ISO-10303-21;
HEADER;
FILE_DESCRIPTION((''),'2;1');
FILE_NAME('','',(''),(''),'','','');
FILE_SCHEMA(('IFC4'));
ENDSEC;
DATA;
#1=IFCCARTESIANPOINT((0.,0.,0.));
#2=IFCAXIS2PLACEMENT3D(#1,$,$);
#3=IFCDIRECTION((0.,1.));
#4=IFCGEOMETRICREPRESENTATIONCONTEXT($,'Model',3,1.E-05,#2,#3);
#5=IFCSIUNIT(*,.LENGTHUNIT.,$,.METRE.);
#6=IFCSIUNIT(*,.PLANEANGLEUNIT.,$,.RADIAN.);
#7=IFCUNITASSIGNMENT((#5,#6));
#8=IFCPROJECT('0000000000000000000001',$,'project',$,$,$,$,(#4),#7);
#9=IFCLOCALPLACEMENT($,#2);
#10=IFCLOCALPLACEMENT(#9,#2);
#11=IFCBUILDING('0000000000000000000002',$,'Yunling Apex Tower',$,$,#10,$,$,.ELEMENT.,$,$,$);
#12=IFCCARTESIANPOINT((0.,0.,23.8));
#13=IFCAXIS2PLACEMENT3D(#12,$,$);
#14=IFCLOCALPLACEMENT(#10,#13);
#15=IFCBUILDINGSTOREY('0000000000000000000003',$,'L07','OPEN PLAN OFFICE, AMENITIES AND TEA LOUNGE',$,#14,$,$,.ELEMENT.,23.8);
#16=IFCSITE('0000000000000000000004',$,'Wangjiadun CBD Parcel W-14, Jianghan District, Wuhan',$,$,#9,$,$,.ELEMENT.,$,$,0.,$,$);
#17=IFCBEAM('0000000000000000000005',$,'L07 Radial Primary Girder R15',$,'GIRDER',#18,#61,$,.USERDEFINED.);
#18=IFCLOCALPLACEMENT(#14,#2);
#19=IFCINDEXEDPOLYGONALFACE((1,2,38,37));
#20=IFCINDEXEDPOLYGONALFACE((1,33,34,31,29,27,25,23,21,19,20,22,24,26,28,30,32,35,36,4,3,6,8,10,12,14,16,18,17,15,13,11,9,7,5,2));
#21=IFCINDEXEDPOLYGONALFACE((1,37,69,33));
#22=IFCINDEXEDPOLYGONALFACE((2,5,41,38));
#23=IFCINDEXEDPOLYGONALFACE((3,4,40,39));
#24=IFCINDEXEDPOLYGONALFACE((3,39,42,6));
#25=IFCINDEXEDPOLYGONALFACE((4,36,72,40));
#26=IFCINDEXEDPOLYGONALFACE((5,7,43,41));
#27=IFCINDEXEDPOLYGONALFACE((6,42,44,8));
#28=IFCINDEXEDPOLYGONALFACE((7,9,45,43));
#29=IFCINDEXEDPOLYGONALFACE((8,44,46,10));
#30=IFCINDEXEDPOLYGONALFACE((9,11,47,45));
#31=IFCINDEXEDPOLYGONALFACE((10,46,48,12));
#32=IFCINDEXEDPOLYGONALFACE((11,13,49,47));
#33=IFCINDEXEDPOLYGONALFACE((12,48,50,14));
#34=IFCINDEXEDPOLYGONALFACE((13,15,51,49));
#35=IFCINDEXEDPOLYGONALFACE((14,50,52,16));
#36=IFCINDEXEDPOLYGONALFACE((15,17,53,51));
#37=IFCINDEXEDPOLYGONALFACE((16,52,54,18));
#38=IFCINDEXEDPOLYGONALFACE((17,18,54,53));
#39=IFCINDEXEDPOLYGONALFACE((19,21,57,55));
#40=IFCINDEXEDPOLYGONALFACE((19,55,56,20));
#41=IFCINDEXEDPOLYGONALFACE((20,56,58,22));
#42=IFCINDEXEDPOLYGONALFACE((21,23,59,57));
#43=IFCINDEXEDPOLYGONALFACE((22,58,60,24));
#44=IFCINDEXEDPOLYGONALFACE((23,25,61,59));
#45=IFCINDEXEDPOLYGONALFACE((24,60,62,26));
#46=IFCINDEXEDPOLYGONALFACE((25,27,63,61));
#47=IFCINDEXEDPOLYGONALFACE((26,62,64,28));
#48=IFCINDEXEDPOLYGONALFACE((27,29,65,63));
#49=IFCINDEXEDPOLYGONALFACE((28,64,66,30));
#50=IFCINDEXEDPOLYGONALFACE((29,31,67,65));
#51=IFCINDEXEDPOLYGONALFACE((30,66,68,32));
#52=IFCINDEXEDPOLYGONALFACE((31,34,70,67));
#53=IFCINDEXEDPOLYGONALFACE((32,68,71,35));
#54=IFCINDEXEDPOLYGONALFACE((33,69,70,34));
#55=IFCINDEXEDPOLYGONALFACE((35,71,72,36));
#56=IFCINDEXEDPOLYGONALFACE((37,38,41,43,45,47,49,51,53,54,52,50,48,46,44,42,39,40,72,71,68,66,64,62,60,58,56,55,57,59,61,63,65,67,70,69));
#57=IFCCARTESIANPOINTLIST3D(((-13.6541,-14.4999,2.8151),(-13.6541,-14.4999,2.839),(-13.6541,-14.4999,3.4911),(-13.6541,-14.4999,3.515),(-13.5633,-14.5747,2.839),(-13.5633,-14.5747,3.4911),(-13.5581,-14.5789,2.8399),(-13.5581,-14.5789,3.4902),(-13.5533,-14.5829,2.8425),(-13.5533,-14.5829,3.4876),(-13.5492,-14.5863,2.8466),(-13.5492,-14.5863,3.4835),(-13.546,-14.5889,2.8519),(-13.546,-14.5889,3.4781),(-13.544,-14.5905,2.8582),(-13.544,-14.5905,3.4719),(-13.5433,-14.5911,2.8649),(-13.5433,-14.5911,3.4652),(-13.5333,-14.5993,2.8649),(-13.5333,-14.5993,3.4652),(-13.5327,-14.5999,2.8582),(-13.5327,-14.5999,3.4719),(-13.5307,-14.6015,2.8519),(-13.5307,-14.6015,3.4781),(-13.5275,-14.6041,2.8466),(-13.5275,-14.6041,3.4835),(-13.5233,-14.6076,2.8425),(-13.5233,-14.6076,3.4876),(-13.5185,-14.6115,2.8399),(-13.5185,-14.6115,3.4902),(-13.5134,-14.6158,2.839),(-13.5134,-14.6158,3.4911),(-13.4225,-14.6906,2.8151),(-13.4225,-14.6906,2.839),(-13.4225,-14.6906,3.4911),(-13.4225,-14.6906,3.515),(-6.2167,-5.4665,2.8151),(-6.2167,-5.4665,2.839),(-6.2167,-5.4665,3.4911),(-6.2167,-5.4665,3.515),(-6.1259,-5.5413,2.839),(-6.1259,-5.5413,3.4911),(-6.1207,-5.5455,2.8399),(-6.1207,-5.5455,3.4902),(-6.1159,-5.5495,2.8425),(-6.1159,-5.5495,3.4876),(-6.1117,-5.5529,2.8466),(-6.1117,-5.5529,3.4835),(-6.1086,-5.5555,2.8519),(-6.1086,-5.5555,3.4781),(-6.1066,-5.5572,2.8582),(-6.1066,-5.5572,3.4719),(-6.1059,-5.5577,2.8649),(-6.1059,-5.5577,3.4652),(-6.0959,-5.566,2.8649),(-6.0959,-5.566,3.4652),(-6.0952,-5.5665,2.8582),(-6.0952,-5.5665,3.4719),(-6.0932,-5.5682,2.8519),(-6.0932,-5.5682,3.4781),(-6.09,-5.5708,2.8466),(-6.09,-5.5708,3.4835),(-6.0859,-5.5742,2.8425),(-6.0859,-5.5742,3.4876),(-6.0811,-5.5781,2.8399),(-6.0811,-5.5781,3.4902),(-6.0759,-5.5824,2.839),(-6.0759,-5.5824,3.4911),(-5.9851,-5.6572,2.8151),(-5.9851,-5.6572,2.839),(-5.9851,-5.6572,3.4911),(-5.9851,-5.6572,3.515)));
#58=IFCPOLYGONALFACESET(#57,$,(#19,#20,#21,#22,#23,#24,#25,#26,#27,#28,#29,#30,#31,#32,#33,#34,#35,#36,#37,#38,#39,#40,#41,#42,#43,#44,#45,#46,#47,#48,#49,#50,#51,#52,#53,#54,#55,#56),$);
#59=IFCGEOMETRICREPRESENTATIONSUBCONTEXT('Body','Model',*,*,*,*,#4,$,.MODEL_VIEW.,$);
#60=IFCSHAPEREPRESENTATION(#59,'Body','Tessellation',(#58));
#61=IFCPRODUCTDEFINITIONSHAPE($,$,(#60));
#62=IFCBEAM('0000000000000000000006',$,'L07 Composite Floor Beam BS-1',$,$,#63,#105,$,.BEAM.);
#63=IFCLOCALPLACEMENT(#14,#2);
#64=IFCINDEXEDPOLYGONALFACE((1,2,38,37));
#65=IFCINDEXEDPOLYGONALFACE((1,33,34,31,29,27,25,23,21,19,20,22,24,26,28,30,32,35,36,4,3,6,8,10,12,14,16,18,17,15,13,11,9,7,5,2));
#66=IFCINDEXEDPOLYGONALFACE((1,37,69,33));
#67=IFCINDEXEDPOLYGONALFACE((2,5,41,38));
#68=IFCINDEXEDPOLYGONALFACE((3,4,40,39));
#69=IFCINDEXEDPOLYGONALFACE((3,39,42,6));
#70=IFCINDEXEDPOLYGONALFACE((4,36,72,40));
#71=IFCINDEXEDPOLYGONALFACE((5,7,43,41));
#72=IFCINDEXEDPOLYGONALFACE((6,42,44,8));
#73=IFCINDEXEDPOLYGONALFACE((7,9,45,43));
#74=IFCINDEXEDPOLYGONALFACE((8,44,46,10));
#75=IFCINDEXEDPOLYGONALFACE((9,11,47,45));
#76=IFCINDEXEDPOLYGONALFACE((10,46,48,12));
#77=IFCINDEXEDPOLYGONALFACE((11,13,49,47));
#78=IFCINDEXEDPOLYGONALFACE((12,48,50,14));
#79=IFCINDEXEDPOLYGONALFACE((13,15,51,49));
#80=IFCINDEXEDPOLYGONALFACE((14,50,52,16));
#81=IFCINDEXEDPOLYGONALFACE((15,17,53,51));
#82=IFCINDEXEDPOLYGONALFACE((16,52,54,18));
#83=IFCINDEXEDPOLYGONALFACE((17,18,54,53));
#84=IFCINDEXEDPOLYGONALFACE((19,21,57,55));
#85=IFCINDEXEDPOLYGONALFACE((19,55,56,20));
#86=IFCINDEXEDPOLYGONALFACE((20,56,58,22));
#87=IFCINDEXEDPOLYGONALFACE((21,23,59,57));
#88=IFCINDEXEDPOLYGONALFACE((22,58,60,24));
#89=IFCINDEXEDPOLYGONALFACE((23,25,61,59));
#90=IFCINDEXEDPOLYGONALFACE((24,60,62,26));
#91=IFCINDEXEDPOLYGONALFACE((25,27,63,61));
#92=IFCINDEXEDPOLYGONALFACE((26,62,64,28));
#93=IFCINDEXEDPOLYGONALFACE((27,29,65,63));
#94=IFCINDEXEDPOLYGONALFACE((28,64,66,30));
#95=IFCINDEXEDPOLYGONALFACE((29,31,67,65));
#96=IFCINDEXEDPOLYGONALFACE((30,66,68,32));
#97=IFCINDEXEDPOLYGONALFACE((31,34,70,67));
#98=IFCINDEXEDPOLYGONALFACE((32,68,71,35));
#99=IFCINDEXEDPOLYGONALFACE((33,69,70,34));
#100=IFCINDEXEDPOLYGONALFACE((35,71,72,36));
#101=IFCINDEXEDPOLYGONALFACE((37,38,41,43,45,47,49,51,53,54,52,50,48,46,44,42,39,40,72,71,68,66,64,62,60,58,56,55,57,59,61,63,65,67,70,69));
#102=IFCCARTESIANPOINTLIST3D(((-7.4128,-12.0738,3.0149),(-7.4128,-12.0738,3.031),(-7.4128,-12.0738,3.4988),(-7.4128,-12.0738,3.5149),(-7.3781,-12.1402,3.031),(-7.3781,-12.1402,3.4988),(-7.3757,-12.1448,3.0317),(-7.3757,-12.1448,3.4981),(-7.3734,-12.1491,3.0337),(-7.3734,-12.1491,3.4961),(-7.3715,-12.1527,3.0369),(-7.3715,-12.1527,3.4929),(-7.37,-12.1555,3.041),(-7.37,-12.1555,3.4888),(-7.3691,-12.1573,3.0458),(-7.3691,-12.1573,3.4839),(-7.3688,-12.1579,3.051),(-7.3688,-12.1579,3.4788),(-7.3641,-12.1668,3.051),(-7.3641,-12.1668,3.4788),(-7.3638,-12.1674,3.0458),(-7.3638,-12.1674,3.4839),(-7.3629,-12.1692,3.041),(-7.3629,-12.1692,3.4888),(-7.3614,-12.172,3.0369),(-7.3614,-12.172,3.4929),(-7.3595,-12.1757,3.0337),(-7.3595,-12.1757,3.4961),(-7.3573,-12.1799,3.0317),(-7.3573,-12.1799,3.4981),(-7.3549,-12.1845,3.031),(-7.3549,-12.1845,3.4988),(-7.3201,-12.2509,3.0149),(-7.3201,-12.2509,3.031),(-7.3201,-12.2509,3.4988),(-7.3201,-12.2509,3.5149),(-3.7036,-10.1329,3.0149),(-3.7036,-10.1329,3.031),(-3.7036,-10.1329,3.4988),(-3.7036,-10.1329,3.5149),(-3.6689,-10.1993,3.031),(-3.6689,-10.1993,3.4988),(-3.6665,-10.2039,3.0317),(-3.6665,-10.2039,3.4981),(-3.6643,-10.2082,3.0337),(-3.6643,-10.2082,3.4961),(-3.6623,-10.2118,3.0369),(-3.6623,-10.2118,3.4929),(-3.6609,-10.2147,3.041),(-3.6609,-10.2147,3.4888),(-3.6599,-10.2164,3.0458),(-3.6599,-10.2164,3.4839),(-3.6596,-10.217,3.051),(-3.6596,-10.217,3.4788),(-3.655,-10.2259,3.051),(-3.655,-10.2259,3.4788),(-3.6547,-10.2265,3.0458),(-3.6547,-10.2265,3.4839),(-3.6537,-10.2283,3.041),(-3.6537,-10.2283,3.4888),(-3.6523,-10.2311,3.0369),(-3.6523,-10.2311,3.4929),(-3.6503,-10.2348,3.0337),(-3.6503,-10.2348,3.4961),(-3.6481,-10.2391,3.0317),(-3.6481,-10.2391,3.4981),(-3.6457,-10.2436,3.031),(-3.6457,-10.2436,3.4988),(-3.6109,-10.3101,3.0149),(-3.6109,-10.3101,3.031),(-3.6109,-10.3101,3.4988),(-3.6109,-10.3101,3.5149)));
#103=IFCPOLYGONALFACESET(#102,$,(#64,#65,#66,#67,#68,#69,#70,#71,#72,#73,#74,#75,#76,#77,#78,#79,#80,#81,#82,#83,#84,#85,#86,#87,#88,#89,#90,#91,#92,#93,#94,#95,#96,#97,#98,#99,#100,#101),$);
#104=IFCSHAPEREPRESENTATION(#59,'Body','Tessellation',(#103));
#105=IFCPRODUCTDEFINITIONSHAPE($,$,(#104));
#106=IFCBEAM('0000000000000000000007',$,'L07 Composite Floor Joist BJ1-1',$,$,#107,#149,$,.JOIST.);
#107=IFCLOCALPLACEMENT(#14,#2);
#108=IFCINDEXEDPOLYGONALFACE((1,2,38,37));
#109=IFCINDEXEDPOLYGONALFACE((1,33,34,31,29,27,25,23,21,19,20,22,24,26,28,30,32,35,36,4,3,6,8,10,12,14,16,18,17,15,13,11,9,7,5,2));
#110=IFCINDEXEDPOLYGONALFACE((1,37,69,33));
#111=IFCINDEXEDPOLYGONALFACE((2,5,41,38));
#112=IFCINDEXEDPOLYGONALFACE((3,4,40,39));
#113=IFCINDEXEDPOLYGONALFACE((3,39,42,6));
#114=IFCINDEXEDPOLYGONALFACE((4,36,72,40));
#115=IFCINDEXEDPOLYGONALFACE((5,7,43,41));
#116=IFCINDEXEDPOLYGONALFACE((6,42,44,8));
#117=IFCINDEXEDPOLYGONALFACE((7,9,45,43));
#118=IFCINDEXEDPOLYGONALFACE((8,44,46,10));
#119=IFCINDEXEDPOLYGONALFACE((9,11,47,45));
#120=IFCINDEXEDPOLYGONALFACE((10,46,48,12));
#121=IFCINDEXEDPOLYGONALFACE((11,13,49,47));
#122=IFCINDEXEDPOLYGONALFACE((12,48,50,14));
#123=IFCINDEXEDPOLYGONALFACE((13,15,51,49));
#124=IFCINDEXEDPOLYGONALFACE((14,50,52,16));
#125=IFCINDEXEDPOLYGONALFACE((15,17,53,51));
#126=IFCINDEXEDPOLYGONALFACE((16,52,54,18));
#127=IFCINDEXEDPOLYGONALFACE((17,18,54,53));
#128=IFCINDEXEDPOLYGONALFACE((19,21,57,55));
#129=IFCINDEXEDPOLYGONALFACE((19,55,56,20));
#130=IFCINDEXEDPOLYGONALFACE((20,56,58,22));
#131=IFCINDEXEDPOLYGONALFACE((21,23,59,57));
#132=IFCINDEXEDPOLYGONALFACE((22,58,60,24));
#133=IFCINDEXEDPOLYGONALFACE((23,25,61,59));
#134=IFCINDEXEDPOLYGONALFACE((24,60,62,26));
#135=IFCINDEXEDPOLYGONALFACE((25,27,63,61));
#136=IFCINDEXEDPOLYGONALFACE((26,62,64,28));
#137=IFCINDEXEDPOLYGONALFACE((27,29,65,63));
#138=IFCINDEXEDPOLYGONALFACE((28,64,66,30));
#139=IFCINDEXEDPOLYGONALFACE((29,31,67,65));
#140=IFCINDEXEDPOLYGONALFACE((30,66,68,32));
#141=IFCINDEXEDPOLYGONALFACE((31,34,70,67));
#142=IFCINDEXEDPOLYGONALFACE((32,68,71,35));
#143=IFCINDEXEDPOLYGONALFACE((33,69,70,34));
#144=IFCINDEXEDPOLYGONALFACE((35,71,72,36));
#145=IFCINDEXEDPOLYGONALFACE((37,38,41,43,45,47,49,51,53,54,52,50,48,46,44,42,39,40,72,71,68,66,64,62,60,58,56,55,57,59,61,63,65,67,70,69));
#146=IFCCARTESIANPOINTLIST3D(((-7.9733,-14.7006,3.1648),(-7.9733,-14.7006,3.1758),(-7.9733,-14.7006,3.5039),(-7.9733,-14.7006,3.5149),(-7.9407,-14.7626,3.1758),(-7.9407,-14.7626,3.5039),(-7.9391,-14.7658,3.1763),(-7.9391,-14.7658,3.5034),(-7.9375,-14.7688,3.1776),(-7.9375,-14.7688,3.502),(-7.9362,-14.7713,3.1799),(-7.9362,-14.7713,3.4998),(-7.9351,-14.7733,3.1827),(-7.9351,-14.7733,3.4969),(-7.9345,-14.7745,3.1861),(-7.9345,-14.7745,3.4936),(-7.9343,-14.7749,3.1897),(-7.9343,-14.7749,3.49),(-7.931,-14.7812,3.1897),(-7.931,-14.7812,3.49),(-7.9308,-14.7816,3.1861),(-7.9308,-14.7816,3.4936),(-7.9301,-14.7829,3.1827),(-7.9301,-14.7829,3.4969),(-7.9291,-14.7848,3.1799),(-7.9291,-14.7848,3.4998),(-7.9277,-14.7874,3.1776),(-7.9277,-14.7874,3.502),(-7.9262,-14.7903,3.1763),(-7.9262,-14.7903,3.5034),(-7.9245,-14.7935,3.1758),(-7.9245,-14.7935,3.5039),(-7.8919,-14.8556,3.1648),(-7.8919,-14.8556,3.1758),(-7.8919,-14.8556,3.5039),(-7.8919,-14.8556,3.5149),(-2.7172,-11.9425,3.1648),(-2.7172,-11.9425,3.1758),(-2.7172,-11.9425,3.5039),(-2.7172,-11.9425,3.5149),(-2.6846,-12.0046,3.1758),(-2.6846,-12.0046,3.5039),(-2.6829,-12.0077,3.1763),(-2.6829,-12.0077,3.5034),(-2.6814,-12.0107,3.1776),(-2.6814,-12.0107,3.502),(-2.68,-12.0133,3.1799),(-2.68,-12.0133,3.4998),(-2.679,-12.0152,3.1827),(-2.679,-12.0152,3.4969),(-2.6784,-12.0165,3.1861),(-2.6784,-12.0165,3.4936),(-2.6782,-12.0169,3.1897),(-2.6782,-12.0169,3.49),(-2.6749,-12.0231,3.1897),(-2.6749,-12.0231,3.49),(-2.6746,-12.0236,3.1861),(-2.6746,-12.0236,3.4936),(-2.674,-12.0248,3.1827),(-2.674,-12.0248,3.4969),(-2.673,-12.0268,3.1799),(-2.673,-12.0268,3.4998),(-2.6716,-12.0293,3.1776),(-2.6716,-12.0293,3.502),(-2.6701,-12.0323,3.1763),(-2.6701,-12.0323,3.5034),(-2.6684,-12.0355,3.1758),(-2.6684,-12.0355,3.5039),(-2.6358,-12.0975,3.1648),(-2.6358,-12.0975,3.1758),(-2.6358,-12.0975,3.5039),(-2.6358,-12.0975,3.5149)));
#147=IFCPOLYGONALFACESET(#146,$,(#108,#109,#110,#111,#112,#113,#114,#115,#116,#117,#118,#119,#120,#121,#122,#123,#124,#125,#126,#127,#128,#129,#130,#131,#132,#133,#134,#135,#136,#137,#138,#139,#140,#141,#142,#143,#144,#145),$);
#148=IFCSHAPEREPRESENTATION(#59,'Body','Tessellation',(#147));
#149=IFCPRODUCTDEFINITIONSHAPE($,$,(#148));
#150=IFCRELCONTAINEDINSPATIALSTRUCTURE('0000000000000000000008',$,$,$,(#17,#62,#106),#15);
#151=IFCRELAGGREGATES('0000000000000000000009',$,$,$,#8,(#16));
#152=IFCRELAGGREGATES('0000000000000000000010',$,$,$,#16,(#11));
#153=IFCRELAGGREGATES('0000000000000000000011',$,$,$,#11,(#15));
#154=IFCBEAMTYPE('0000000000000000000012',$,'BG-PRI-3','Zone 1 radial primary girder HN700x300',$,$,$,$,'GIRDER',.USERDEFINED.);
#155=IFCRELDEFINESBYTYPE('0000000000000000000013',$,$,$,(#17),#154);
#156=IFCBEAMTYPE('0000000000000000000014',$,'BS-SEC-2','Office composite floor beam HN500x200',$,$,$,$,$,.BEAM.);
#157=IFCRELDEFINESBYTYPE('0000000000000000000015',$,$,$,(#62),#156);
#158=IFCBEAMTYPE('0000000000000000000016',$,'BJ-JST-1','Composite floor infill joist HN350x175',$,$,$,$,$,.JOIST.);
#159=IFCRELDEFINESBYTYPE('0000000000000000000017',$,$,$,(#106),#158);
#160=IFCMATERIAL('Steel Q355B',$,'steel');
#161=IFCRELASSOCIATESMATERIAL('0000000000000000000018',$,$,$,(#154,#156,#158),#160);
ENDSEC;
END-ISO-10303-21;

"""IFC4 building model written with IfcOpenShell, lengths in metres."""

from ifc_helpers import new_model, si_unit, direction, frame, origin, origin_2d, place, context, subcontext, project, spatial, i_section, extrude, source, transform, mapped, material, material_profile, profile_set, type_object, element, save


model = new_model("IFC4")

# Units and contexts
model_context = context("Model", 3, precision=1e-05, world=origin(), true_north=direction((0.0, 1.0)))
body_context = subcontext(model_context, "Body", "Model", "MODEL_VIEW")
ifc_project = project(units=[si_unit("LENGTHUNIT", "METRE"), si_unit("PLANEANGLEUNIT", "RADIAN")], contexts=[model_context])

# Site, building, storey
site_placement = place(None, origin())
site = spatial("IfcSite", under=ifc_project, at=site_placement, Name="Wangjiadun CBD Parcel W-14, Jianghan District, Wuhan", CompositionType="ELEMENT", RefElevation=0.0)
building_placement = place(site_placement, origin())
building = spatial("IfcBuilding", under=site, at=building_placement, Name="Yunling Apex Tower", CompositionType="ELEMENT")
storey_placement = place(building_placement, frame((0.0, 0.0, 23.8)))
storey = spatial("IfcBuildingStorey", under=building, at=storey_placement, Name="L07", Description="OPEN PLAN OFFICE, AMENITIES AND TEA LOUNGE", CompositionType="ELEMENT", Elevation=23.8)

# Beams
ifc_material_1 = material(Name="Steel Q355B", Category="steel")
ifc_material_profile_1 = material_profile(ifc_material_1, i_section(OverallWidth=0.3, OverallDepth=0.7, WebThickness=0.0129, FlangeThickness=0.0239, FilletRadius=0.0259, at=origin_2d()))
ifc_profile_set_1 = profile_set([ifc_material_profile_1], Name="Steel Q355B")
beam_type_1 = type_object("IfcBeamType", Name="BG-PRI-3", Description="Zone 1 radial primary girder HN700x300", ElementType="GIRDER", PredefinedType="USERDEFINED", material=ifc_profile_set_1)
shared_shape_1 = source(origin(), body_context, "Body", "SweptSolid", [
    extrude(i_section(OverallWidth=0.3, OverallDepth=0.7, WebThickness=0.0129, FlangeThickness=0.0239, FilletRadius=0.0259, at=origin_2d()), origin(), (0.0, 0.0, 1.0), 11.7012),
])
beam_1_placement = place(storey_placement, frame((-13.5383, -14.5952, 3.165), z_axis=(0.635615, 0.772006, 0.0), x_axis=(-0.772006, 0.635615, 0.0)))
element("IfcBeam", 1, at=beam_1_placement, inside=storey, type_object=beam_type_1, Name="L07 Radial Primary Girder R15", ObjectType="GIRDER", PredefinedType="USERDEFINED", context=body_context, shape_type="MappedRepresentation", body=[
    mapped(shared_shape_1, transform((0.0, 0.0, 0.0), scale=1.0)),
])
ifc_material_profile_2 = material_profile(ifc_material_1, i_section(OverallWidth=0.2, OverallDepth=0.5, WebThickness=0.01, FlangeThickness=0.0161, FilletRadius=0.02, at=origin_2d()))
ifc_profile_set_2 = profile_set([ifc_material_profile_2], Name="Steel Q355B")
beam_type_2 = type_object("IfcBeamType", Name="BS-SEC-2", Description="Office composite floor beam HN500x200", PredefinedType="BEAM", material=ifc_profile_set_2)
shared_shape_2 = source(origin(), body_context, "Body", "SweptSolid", [
    extrude(i_section(OverallWidth=0.2, OverallDepth=0.5, WebThickness=0.01, FlangeThickness=0.0161, FilletRadius=0.02, at=origin_2d()), origin(), (0.0, 0.0, 1.0), 4.1863),
])
beam_2_placement = place(storey_placement, frame((-7.3665, -12.1624, 3.2649), z_axis=(0.886029, 0.46363, 0.0), x_axis=(-0.46363, 0.886029, 0.0)))
element("IfcBeam", 2, at=beam_2_placement, inside=storey, type_object=beam_type_2, Name="L07 Composite Floor Beam BS-1", PredefinedType="BEAM", context=body_context, shape_type="MappedRepresentation", body=[
    mapped(shared_shape_2, transform((0.0, 0.0, 0.0), scale=1.0)),
])
ifc_material_profile_3 = material_profile(ifc_material_1, i_section(OverallWidth=0.175, OverallDepth=0.3501, WebThickness=0.0071, FlangeThickness=0.011, FilletRadius=0.0139, at=origin_2d()))
ifc_profile_set_3 = profile_set([ifc_material_profile_3], Name="Steel Q355B")
beam_type_3 = type_object("IfcBeamType", Name="BJ-JST-1", Description="Composite floor infill joist HN350x175", PredefinedType="JOIST", material=ifc_profile_set_3)
shared_shape_3 = source(origin(), body_context, "Body", "SweptSolid", [
    extrude(i_section(OverallWidth=0.175, OverallDepth=0.3501, WebThickness=0.0071, FlangeThickness=0.011, FilletRadius=0.0139, at=origin_2d()), origin(), (0.0, 0.0, 1.0), 5.9358),
])
beam_3_placement = place(storey_placement, frame((-7.9326, -14.7781, 3.3398), z_axis=(0.885495, 0.464649, 0.0), x_axis=(-0.464649, 0.885495, 0.0)))
element("IfcBeam", 3, at=beam_3_placement, inside=storey, type_object=beam_type_3, Name="L07 Composite Floor Joist BJ1-1", PredefinedType="JOIST", context=body_context, shape_type="MappedRepresentation", body=[
    mapped(shared_shape_3, transform((0.0, 0.0, 0.0), scale=1.0)),
])

save(model, "model.ifc")
